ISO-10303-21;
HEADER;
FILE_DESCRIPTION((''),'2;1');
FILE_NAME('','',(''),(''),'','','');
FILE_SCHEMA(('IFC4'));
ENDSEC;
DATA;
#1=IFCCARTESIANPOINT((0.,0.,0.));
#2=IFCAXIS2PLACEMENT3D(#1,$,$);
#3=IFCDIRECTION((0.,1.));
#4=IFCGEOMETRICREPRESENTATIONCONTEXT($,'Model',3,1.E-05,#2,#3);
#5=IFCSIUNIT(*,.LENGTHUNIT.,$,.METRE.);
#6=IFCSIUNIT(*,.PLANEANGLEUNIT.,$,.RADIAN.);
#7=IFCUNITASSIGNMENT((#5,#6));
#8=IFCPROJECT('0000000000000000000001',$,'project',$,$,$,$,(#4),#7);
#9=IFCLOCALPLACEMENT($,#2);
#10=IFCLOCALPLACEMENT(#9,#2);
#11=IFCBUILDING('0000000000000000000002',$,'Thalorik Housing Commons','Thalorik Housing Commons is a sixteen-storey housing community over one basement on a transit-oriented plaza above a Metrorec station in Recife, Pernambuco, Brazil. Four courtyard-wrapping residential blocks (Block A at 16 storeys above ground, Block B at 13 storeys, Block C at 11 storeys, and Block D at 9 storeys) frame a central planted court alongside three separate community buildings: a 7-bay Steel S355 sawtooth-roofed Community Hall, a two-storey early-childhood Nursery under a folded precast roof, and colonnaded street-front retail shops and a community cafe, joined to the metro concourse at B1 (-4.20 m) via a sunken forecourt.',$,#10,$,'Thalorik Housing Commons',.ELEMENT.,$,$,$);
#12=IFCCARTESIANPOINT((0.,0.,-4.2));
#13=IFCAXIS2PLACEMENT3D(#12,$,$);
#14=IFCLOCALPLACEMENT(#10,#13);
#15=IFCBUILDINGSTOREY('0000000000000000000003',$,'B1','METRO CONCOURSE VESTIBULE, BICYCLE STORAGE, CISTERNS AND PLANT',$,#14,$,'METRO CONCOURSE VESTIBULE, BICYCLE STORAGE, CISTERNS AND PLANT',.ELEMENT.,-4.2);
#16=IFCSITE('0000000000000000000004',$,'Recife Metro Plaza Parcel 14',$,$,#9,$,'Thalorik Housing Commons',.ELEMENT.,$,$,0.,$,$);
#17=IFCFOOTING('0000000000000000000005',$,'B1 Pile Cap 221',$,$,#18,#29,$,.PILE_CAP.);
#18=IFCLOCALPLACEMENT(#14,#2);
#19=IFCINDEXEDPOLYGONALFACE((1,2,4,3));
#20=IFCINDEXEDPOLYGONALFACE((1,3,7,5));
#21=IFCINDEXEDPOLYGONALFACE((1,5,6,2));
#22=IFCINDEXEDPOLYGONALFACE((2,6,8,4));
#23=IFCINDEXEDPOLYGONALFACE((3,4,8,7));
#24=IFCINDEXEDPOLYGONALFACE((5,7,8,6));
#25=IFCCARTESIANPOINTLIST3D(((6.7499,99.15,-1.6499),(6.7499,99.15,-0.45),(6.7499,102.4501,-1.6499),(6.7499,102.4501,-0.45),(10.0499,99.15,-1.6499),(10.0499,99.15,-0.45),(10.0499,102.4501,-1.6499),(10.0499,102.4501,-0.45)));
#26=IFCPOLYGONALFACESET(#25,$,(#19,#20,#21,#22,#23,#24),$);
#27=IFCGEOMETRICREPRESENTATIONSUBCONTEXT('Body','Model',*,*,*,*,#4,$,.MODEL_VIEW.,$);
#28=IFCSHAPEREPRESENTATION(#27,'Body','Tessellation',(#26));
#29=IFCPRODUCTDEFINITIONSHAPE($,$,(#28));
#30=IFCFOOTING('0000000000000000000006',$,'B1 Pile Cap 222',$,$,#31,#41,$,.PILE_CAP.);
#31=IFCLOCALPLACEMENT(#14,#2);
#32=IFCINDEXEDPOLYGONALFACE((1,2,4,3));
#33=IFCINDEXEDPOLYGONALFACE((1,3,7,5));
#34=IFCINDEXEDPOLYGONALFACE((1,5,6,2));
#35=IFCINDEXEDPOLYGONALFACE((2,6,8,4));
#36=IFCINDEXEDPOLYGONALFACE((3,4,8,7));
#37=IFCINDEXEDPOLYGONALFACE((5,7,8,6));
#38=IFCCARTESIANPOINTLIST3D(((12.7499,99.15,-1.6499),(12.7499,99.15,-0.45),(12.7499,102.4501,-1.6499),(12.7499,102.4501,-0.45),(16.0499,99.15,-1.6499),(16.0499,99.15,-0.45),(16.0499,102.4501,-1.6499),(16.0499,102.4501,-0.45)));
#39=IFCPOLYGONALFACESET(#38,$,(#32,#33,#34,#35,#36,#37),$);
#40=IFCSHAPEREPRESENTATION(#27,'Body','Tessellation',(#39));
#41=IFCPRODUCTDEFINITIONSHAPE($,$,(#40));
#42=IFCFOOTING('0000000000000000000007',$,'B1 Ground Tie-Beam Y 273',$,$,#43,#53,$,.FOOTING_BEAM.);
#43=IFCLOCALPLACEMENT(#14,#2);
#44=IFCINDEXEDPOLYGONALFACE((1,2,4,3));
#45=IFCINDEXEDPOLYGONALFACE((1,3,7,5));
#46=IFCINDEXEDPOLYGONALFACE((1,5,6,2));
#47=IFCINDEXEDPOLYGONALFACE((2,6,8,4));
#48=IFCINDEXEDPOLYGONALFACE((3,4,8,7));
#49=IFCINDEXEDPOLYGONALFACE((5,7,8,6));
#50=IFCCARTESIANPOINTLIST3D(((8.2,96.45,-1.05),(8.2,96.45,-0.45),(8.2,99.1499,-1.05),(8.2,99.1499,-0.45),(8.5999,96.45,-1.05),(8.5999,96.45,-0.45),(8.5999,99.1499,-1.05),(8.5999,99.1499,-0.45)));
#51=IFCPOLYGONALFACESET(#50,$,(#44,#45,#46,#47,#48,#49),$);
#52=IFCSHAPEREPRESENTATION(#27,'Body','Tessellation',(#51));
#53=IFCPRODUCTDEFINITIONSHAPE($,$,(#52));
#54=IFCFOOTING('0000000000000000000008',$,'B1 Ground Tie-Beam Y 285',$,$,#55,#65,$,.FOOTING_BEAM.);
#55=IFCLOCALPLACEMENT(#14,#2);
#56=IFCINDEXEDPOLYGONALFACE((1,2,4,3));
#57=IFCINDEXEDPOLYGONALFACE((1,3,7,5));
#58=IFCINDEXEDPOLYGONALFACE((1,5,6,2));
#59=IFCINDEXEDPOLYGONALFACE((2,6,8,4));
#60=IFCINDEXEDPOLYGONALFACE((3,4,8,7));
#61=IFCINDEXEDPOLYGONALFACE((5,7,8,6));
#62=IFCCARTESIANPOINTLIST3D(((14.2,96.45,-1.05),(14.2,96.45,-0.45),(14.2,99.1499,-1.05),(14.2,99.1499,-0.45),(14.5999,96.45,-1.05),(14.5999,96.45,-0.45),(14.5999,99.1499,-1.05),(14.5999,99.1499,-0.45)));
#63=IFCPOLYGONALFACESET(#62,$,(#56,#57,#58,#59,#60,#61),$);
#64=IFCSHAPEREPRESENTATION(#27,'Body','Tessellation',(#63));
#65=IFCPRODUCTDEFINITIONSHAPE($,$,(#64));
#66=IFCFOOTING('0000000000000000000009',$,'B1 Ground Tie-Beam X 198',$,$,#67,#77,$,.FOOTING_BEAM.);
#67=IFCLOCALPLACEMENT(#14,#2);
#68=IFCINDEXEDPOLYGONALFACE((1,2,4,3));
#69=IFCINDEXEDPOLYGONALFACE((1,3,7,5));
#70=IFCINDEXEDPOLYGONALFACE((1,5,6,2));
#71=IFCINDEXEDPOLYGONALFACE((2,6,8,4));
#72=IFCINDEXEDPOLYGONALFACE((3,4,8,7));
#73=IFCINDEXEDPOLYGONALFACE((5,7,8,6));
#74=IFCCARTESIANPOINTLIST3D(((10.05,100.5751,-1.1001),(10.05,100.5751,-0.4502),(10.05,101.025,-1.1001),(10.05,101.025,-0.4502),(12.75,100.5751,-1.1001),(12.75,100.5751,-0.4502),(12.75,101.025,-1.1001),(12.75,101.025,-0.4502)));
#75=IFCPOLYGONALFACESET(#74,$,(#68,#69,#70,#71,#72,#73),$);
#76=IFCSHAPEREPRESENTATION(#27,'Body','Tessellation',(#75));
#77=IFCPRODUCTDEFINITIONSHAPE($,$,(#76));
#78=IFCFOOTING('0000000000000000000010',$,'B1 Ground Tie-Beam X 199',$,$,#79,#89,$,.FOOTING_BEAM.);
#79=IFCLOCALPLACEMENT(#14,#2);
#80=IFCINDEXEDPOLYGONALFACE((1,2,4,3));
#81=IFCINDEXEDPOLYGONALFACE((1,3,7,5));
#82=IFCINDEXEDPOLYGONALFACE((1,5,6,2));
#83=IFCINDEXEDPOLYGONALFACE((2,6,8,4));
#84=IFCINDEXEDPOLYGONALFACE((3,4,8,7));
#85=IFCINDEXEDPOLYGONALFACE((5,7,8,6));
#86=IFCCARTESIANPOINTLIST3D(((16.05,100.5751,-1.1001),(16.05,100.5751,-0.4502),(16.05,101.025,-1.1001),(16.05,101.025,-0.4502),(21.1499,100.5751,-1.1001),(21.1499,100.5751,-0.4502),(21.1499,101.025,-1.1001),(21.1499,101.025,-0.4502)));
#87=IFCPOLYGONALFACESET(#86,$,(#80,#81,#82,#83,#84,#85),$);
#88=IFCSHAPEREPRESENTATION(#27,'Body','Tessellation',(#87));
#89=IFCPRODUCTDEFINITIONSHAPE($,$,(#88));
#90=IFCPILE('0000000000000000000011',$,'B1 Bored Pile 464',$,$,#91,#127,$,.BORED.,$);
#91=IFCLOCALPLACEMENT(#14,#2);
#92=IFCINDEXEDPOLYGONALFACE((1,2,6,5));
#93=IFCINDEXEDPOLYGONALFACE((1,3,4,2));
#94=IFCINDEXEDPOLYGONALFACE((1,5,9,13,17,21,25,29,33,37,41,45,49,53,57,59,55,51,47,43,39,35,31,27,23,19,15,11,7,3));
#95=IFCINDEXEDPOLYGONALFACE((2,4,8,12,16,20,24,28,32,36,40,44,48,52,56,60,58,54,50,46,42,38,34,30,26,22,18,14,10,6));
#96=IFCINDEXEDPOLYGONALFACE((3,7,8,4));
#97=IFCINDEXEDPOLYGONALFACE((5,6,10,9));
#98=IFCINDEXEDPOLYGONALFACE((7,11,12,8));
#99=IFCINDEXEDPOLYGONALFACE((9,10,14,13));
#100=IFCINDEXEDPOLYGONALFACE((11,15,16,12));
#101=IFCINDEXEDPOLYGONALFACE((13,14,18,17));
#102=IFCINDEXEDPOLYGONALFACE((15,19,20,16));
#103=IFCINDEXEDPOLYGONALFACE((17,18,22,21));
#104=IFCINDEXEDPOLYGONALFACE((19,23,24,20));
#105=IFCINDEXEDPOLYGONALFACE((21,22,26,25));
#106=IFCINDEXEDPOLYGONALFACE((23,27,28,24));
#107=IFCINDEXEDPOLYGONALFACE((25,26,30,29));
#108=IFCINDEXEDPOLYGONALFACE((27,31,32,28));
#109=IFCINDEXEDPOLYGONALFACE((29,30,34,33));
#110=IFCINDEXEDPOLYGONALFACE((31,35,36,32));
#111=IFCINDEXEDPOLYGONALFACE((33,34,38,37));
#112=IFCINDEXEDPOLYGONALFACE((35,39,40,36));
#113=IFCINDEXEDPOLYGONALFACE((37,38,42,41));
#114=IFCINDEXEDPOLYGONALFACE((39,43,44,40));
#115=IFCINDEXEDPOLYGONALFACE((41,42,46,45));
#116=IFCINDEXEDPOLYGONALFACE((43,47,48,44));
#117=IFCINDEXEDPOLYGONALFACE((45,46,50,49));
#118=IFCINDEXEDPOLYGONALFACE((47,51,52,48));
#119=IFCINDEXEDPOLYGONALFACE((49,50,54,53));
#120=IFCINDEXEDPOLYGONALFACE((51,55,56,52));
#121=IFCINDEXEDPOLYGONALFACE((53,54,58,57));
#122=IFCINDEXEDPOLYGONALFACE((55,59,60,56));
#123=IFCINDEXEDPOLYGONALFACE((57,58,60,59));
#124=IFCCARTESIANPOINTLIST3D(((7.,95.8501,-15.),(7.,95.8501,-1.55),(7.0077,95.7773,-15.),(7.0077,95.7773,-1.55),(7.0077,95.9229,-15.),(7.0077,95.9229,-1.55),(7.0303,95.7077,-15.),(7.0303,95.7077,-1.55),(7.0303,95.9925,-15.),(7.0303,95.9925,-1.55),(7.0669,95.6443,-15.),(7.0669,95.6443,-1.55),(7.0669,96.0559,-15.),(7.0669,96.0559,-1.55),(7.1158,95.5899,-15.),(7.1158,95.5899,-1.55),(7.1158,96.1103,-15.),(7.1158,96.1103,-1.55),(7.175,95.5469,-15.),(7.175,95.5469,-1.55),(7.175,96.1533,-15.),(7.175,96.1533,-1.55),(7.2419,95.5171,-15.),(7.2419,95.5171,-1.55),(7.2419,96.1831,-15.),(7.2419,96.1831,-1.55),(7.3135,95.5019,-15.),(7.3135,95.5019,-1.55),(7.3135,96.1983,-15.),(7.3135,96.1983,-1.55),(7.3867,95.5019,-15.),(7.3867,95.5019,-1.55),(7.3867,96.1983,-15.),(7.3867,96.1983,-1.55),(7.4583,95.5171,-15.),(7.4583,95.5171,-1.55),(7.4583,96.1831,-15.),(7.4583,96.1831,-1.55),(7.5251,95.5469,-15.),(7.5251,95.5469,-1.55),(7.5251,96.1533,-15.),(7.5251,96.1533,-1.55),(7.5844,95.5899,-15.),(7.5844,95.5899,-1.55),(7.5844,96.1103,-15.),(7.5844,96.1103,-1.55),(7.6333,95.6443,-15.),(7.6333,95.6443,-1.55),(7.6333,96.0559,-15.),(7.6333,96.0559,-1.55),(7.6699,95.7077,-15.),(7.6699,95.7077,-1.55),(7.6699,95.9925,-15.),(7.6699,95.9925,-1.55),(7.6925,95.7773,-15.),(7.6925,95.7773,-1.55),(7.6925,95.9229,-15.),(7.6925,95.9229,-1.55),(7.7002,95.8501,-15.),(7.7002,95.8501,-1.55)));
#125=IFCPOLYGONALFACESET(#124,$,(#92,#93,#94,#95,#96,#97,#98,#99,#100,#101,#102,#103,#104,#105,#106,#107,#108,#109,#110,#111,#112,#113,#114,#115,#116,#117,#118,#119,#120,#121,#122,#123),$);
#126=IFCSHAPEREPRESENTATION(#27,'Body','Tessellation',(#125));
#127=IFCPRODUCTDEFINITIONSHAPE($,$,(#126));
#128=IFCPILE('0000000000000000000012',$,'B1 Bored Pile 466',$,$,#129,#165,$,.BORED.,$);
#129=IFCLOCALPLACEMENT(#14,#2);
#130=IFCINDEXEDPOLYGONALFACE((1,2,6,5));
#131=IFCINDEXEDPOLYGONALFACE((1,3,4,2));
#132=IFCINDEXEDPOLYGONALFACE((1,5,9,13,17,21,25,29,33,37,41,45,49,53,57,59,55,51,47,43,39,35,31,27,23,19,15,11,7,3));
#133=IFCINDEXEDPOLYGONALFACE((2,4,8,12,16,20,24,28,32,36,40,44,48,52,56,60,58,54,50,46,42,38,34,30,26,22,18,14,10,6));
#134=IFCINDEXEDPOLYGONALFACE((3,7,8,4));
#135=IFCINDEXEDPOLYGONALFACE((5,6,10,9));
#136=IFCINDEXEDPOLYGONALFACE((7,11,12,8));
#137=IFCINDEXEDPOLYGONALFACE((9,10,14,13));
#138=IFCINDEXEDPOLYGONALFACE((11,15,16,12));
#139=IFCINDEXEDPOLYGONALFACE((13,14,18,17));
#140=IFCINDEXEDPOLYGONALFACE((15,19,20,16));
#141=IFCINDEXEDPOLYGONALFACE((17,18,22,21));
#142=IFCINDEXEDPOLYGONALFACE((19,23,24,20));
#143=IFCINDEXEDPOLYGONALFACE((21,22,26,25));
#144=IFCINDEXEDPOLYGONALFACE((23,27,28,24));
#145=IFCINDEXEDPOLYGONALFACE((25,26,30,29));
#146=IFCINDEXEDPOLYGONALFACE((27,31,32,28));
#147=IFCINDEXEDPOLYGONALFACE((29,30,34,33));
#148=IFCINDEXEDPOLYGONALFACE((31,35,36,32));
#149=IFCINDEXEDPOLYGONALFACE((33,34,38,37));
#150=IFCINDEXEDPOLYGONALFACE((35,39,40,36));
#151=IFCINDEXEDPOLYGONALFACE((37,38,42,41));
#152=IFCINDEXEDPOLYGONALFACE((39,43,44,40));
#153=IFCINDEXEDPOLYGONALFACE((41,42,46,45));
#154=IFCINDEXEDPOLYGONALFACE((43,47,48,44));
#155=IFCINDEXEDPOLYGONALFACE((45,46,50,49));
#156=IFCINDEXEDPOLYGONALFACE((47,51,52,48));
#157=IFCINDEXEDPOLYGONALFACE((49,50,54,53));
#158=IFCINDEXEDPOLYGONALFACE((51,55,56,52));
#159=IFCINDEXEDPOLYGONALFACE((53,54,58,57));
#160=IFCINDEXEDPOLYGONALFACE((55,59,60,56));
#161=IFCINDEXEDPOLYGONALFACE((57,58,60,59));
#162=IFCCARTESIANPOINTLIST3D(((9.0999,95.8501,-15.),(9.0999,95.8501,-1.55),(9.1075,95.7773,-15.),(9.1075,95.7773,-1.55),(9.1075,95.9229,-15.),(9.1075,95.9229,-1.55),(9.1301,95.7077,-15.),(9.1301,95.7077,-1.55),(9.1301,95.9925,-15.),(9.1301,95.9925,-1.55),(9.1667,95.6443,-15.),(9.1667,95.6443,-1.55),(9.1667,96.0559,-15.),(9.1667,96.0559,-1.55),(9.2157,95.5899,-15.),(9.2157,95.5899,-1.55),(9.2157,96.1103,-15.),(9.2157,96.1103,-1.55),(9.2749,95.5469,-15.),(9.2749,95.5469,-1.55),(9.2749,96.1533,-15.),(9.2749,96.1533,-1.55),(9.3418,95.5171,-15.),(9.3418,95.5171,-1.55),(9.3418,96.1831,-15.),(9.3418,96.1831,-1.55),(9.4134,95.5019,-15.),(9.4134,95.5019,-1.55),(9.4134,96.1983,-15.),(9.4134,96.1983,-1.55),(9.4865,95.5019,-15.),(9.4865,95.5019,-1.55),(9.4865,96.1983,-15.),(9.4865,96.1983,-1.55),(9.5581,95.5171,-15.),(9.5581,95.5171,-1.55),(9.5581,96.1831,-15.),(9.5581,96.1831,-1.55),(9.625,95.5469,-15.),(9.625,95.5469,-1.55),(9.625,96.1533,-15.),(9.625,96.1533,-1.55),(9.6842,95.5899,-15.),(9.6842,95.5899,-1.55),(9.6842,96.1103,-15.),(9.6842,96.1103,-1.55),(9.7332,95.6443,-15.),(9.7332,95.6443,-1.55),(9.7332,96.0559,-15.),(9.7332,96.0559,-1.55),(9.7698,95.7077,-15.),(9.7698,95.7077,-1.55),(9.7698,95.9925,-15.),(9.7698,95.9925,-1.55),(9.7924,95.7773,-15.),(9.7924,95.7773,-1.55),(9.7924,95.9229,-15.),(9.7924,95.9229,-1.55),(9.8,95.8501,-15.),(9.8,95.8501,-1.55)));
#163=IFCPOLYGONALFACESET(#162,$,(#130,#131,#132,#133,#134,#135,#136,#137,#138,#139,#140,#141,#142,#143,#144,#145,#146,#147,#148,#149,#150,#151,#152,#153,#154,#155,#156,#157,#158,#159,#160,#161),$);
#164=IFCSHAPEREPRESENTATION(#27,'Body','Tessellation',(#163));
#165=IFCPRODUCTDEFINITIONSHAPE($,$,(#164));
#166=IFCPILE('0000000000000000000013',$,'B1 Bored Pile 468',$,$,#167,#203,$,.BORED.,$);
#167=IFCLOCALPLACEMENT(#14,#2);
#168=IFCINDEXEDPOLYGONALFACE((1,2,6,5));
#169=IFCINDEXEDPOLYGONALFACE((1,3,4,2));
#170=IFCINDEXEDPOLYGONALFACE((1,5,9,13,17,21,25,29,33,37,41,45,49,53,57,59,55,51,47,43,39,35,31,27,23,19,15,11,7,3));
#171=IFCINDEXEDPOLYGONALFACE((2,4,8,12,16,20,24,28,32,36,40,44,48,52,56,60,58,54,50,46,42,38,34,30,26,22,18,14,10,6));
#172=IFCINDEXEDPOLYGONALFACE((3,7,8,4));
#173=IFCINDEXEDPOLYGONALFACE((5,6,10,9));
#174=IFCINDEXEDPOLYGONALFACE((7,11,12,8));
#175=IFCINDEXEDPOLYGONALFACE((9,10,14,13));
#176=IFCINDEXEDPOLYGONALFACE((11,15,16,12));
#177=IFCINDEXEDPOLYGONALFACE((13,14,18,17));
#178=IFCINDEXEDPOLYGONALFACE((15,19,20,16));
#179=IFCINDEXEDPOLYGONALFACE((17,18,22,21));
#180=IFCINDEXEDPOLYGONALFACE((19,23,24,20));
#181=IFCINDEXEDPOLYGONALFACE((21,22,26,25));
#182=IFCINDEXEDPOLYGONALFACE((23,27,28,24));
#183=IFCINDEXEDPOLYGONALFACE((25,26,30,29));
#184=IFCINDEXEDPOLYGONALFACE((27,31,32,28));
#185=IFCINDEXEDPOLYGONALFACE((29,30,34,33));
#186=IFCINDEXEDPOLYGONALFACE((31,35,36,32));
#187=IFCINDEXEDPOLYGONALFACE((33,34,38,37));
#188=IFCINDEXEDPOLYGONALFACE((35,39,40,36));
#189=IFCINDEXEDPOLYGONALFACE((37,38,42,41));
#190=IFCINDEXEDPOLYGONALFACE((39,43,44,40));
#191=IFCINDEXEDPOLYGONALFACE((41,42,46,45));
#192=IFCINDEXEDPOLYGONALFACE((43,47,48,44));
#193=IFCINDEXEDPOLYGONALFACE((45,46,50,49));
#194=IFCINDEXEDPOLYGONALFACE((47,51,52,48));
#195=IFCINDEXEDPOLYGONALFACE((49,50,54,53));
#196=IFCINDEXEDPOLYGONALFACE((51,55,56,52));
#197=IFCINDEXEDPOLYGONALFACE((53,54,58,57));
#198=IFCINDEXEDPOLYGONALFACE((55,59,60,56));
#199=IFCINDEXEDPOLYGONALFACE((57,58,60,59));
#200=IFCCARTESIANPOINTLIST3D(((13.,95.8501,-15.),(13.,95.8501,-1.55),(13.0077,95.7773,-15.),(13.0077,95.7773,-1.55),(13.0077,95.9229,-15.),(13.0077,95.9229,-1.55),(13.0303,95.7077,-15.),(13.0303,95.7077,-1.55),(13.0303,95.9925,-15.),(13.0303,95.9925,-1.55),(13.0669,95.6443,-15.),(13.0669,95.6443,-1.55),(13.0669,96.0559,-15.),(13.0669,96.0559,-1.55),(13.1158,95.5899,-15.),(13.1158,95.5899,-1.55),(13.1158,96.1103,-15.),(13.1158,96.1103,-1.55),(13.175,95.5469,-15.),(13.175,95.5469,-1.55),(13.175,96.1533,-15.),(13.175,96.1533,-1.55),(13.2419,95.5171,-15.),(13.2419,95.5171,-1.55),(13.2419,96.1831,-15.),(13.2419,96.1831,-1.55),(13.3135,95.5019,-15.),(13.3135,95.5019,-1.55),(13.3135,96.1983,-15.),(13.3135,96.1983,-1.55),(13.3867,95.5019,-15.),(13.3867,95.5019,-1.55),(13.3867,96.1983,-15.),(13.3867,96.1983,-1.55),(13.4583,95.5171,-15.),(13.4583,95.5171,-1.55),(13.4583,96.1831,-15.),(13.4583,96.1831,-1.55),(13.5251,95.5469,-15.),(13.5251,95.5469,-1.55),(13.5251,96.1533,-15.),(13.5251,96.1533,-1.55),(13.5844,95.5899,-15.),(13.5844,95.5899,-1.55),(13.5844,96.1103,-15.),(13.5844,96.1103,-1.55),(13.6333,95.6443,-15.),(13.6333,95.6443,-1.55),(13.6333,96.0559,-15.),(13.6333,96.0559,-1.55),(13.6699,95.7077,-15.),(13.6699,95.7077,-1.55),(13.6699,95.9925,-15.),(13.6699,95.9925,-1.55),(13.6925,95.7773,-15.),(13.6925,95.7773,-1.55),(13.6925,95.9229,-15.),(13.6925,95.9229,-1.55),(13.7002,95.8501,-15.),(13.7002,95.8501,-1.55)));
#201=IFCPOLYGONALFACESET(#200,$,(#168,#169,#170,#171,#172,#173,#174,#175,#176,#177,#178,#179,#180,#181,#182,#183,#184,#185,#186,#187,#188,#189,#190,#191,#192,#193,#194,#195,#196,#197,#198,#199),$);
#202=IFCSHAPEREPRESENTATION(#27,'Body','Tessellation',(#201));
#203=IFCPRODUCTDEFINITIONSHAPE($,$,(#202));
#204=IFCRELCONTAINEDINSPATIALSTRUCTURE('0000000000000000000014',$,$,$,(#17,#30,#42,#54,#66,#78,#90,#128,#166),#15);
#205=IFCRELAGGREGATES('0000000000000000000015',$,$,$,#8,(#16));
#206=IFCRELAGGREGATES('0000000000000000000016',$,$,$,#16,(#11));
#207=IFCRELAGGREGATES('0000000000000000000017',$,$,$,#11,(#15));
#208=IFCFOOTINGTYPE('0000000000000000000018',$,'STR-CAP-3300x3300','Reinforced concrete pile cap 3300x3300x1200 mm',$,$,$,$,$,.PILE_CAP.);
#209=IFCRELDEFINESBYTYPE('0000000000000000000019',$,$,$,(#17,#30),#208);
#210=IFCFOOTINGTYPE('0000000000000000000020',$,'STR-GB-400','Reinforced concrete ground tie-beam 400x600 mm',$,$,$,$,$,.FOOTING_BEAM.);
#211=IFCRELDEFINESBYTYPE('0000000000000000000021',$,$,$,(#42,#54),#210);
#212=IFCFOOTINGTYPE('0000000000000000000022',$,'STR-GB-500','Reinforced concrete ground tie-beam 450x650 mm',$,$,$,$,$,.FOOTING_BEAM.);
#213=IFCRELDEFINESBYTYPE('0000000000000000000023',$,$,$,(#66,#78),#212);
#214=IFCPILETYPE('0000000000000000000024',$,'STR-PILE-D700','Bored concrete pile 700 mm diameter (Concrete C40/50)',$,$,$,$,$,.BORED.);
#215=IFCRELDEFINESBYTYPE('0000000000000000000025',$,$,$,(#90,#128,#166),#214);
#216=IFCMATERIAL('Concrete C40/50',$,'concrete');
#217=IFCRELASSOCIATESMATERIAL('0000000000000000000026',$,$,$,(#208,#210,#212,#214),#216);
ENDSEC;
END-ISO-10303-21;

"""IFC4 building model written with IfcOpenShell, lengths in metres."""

from ifc_helpers import new_model, si_unit, direction, frame, origin, origin_2d, place, context, subcontext, project, spatial, rectangle, circle, extrude, material, material_profile, profile_set, type_object, element, save


model = new_model("IFC4")

# Units and contexts
model_context = context("Model", 3, precision=1e-05, world=origin(), true_north=direction((0.0, 1.0)))
body_context = subcontext(model_context, "Body", "Model", "MODEL_VIEW")
ifc_project = project(units=[si_unit("LENGTHUNIT", "METRE"), si_unit("PLANEANGLEUNIT", "RADIAN")], contexts=[model_context])

# Site, building, storey
site_placement = place(None, origin())
site = spatial("IfcSite", under=ifc_project, at=site_placement, Name="Recife Metro Plaza Parcel 14", LongName="Thalorik Housing Commons", CompositionType="ELEMENT", RefElevation=0.0)
building_placement = place(site_placement, origin())
building = spatial("IfcBuilding", under=site, at=building_placement, Name="Thalorik Housing Commons", Description="Thalorik Housing Commons is a sixteen-storey housing community over one basement on a transit-oriented plaza above a Metrorec station in Recife, Pernambuco, Brazil. Four courtyard-wrapping residential blocks (Block A at 16 storeys above ground, Block B at 13 storeys, Block C at 11 storeys, and Block D at 9 storeys) frame a central planted court alongside three separate community buildings: a 7-bay Steel S355 sawtooth-roofed Community Hall, a two-storey early-childhood Nursery under a folded precast roof, and colonnaded street-front retail shops and a community cafe, joined to the metro concourse at B1 (-4.20 m) via a sunken forecourt.", LongName="Thalorik Housing Commons", CompositionType="ELEMENT")
storey_placement = place(building_placement, frame((0.0, 0.0, -4.2)))
storey = spatial("IfcBuildingStorey", under=building, at=storey_placement, Name="B1", Description="METRO CONCOURSE VESTIBULE, BICYCLE STORAGE, CISTERNS AND PLANT", LongName="METRO CONCOURSE VESTIBULE, BICYCLE STORAGE, CISTERNS AND PLANT", CompositionType="ELEMENT", Elevation=-4.2)

# Footings
ifc_material_1 = material(Name="Concrete C40/50", Category="concrete")
footing_type_1 = type_object("IfcFootingType", Name="STR-CAP-3300x3300", Description="Reinforced concrete pile cap 3300x3300x1200 mm", PredefinedType="PILE_CAP", material=ifc_material_1)
for number, where, z_axis, x_axis, name in (
    (1, (8.3999, 100.8, -1.6499), (0.0, 0.0, 1.0), (1.0, 0.0, 0.0), "B1 Pile Cap 221"),
    (2, (14.3999, 100.8, -1.6499), (0.0, 0.0, 1.0), (1.0, 0.0, 0.0), "B1 Pile Cap 222"),
):
    element("IfcFooting", number, at=place(storey_placement, frame(where, z_axis=z_axis, x_axis=x_axis)), inside=storey, type_object=footing_type_1, Name=name, PredefinedType="PILE_CAP", context=body_context, shape_type="SweptSolid", body=[
        extrude(rectangle(XDim=3.3, YDim=3.3, at=origin_2d()), origin(), (0.0, 0.0, 1.0), 1.2),
    ])
ifc_material_profile_1 = material_profile(ifc_material_1, rectangle(XDim=0.3999, YDim=0.6001, at=origin_2d()), Name="RC 400x600", Category="concrete")
ifc_profile_set_1 = profile_set([ifc_material_profile_1], Name="Concrete C40/50")
footing_type_2 = type_object("IfcFootingType", Name="STR-GB-400", Description="Reinforced concrete ground tie-beam 400x600 mm", PredefinedType="FOOTING_BEAM", material=ifc_profile_set_1)
for number, where, z_axis, x_axis, name in (
    (3, (8.3999, 96.45, -0.75), (0.0, 1.0, 0.0), (-1.0, 0.0, 0.0), "B1 Ground Tie-Beam Y 273"),
    (4, (14.3999, 96.45, -0.75), (0.0, 1.0, 0.0), (-1.0, 0.0, 0.0), "B1 Ground Tie-Beam Y 285"),
):
    element("IfcFooting", number, at=place(storey_placement, frame(where, z_axis=z_axis, x_axis=x_axis)), inside=storey, type_object=footing_type_2, Name=name, PredefinedType="FOOTING_BEAM", context=body_context, shape_type="SweptSolid", body=[
        extrude(rectangle(XDim=0.3999, YDim=0.6001, at=origin_2d()), origin(), (0.0, 0.0, 1.0), 2.7),
    ])
ifc_material_profile_2 = material_profile(ifc_material_1, rectangle(XDim=0.45, YDim=0.6499, at=origin_2d()), Name="RC 450x650", Category="concrete")
ifc_profile_set_2 = profile_set([ifc_material_profile_2], Name="Concrete C40/50")
footing_type_3 = type_object("IfcFootingType", Name="STR-GB-500", Description="Reinforced concrete ground tie-beam 450x650 mm", PredefinedType="FOOTING_BEAM", material=ifc_profile_set_2)
footing_1_placement = place(storey_placement, frame((10.05, 100.8, -0.7751), z_axis=(1.0, 0.0, 0.0), x_axis=(0.0, 1.0, 0.0)))
element("IfcFooting", 5, at=footing_1_placement, inside=storey, type_object=footing_type_3, Name="B1 Ground Tie-Beam X 198", PredefinedType="FOOTING_BEAM", context=body_context, shape_type="SweptSolid", body=[
    extrude(rectangle(XDim=0.45, YDim=0.6499, at=origin_2d()), origin(), (0.0, 0.0, 1.0), 2.7),
])
footing_2_placement = place(storey_placement, frame((16.05, 100.8, -0.7751), z_axis=(1.0, 0.0, 0.0), x_axis=(0.0, 1.0, 0.0)))
element("IfcFooting", 6, at=footing_2_placement, inside=storey, type_object=footing_type_3, Name="B1 Ground Tie-Beam X 199", PredefinedType="FOOTING_BEAM", context=body_context, shape_type="SweptSolid", body=[
    extrude(rectangle(XDim=0.45, YDim=0.6499, at=origin_2d()), origin(), (0.0, 0.0, 1.0), 5.0999),
])

# Piles
ifc_material_profile_3 = material_profile(ifc_material_1, circle(Radius=0.3501, at=origin_2d()), Name="BORED PILE D700", Category="concrete")
ifc_profile_set_3 = profile_set([ifc_material_profile_3], Name="Concrete C40/50")
pile_type = type_object("IfcPileType", Name="STR-PILE-D700", Description="Bored concrete pile 700 mm diameter (Concrete C40/50)", PredefinedType="BORED", material=ifc_profile_set_3)
for number, where, z_axis, x_axis, name in (
    (7, (7.3501, 95.8501, -1.55), (0.0, 0.0, -1.0), (1.0, 0.0, 0.0), "B1 Bored Pile 464"),
    (8, (9.45, 95.8501, -1.55), (0.0, 0.0, -1.0), (1.0, 0.0, 0.0), "B1 Bored Pile 466"),
    (9, (13.3501, 95.8501, -1.55), (0.0, 0.0, -1.0), (1.0, 0.0, 0.0), "B1 Bored Pile 468"),
):
    element("IfcPile", number, at=place(storey_placement, frame(where, z_axis=z_axis, x_axis=x_axis)), inside=storey, type_object=pile_type, Name=name, PredefinedType="BORED", context=body_context, shape_type="SweptSolid", body=[
        extrude(circle(Radius=0.3501, at=origin_2d()), origin(), (0.0, 0.0, 1.0), 13.45),
    ])

save(model, "model.ifc")
